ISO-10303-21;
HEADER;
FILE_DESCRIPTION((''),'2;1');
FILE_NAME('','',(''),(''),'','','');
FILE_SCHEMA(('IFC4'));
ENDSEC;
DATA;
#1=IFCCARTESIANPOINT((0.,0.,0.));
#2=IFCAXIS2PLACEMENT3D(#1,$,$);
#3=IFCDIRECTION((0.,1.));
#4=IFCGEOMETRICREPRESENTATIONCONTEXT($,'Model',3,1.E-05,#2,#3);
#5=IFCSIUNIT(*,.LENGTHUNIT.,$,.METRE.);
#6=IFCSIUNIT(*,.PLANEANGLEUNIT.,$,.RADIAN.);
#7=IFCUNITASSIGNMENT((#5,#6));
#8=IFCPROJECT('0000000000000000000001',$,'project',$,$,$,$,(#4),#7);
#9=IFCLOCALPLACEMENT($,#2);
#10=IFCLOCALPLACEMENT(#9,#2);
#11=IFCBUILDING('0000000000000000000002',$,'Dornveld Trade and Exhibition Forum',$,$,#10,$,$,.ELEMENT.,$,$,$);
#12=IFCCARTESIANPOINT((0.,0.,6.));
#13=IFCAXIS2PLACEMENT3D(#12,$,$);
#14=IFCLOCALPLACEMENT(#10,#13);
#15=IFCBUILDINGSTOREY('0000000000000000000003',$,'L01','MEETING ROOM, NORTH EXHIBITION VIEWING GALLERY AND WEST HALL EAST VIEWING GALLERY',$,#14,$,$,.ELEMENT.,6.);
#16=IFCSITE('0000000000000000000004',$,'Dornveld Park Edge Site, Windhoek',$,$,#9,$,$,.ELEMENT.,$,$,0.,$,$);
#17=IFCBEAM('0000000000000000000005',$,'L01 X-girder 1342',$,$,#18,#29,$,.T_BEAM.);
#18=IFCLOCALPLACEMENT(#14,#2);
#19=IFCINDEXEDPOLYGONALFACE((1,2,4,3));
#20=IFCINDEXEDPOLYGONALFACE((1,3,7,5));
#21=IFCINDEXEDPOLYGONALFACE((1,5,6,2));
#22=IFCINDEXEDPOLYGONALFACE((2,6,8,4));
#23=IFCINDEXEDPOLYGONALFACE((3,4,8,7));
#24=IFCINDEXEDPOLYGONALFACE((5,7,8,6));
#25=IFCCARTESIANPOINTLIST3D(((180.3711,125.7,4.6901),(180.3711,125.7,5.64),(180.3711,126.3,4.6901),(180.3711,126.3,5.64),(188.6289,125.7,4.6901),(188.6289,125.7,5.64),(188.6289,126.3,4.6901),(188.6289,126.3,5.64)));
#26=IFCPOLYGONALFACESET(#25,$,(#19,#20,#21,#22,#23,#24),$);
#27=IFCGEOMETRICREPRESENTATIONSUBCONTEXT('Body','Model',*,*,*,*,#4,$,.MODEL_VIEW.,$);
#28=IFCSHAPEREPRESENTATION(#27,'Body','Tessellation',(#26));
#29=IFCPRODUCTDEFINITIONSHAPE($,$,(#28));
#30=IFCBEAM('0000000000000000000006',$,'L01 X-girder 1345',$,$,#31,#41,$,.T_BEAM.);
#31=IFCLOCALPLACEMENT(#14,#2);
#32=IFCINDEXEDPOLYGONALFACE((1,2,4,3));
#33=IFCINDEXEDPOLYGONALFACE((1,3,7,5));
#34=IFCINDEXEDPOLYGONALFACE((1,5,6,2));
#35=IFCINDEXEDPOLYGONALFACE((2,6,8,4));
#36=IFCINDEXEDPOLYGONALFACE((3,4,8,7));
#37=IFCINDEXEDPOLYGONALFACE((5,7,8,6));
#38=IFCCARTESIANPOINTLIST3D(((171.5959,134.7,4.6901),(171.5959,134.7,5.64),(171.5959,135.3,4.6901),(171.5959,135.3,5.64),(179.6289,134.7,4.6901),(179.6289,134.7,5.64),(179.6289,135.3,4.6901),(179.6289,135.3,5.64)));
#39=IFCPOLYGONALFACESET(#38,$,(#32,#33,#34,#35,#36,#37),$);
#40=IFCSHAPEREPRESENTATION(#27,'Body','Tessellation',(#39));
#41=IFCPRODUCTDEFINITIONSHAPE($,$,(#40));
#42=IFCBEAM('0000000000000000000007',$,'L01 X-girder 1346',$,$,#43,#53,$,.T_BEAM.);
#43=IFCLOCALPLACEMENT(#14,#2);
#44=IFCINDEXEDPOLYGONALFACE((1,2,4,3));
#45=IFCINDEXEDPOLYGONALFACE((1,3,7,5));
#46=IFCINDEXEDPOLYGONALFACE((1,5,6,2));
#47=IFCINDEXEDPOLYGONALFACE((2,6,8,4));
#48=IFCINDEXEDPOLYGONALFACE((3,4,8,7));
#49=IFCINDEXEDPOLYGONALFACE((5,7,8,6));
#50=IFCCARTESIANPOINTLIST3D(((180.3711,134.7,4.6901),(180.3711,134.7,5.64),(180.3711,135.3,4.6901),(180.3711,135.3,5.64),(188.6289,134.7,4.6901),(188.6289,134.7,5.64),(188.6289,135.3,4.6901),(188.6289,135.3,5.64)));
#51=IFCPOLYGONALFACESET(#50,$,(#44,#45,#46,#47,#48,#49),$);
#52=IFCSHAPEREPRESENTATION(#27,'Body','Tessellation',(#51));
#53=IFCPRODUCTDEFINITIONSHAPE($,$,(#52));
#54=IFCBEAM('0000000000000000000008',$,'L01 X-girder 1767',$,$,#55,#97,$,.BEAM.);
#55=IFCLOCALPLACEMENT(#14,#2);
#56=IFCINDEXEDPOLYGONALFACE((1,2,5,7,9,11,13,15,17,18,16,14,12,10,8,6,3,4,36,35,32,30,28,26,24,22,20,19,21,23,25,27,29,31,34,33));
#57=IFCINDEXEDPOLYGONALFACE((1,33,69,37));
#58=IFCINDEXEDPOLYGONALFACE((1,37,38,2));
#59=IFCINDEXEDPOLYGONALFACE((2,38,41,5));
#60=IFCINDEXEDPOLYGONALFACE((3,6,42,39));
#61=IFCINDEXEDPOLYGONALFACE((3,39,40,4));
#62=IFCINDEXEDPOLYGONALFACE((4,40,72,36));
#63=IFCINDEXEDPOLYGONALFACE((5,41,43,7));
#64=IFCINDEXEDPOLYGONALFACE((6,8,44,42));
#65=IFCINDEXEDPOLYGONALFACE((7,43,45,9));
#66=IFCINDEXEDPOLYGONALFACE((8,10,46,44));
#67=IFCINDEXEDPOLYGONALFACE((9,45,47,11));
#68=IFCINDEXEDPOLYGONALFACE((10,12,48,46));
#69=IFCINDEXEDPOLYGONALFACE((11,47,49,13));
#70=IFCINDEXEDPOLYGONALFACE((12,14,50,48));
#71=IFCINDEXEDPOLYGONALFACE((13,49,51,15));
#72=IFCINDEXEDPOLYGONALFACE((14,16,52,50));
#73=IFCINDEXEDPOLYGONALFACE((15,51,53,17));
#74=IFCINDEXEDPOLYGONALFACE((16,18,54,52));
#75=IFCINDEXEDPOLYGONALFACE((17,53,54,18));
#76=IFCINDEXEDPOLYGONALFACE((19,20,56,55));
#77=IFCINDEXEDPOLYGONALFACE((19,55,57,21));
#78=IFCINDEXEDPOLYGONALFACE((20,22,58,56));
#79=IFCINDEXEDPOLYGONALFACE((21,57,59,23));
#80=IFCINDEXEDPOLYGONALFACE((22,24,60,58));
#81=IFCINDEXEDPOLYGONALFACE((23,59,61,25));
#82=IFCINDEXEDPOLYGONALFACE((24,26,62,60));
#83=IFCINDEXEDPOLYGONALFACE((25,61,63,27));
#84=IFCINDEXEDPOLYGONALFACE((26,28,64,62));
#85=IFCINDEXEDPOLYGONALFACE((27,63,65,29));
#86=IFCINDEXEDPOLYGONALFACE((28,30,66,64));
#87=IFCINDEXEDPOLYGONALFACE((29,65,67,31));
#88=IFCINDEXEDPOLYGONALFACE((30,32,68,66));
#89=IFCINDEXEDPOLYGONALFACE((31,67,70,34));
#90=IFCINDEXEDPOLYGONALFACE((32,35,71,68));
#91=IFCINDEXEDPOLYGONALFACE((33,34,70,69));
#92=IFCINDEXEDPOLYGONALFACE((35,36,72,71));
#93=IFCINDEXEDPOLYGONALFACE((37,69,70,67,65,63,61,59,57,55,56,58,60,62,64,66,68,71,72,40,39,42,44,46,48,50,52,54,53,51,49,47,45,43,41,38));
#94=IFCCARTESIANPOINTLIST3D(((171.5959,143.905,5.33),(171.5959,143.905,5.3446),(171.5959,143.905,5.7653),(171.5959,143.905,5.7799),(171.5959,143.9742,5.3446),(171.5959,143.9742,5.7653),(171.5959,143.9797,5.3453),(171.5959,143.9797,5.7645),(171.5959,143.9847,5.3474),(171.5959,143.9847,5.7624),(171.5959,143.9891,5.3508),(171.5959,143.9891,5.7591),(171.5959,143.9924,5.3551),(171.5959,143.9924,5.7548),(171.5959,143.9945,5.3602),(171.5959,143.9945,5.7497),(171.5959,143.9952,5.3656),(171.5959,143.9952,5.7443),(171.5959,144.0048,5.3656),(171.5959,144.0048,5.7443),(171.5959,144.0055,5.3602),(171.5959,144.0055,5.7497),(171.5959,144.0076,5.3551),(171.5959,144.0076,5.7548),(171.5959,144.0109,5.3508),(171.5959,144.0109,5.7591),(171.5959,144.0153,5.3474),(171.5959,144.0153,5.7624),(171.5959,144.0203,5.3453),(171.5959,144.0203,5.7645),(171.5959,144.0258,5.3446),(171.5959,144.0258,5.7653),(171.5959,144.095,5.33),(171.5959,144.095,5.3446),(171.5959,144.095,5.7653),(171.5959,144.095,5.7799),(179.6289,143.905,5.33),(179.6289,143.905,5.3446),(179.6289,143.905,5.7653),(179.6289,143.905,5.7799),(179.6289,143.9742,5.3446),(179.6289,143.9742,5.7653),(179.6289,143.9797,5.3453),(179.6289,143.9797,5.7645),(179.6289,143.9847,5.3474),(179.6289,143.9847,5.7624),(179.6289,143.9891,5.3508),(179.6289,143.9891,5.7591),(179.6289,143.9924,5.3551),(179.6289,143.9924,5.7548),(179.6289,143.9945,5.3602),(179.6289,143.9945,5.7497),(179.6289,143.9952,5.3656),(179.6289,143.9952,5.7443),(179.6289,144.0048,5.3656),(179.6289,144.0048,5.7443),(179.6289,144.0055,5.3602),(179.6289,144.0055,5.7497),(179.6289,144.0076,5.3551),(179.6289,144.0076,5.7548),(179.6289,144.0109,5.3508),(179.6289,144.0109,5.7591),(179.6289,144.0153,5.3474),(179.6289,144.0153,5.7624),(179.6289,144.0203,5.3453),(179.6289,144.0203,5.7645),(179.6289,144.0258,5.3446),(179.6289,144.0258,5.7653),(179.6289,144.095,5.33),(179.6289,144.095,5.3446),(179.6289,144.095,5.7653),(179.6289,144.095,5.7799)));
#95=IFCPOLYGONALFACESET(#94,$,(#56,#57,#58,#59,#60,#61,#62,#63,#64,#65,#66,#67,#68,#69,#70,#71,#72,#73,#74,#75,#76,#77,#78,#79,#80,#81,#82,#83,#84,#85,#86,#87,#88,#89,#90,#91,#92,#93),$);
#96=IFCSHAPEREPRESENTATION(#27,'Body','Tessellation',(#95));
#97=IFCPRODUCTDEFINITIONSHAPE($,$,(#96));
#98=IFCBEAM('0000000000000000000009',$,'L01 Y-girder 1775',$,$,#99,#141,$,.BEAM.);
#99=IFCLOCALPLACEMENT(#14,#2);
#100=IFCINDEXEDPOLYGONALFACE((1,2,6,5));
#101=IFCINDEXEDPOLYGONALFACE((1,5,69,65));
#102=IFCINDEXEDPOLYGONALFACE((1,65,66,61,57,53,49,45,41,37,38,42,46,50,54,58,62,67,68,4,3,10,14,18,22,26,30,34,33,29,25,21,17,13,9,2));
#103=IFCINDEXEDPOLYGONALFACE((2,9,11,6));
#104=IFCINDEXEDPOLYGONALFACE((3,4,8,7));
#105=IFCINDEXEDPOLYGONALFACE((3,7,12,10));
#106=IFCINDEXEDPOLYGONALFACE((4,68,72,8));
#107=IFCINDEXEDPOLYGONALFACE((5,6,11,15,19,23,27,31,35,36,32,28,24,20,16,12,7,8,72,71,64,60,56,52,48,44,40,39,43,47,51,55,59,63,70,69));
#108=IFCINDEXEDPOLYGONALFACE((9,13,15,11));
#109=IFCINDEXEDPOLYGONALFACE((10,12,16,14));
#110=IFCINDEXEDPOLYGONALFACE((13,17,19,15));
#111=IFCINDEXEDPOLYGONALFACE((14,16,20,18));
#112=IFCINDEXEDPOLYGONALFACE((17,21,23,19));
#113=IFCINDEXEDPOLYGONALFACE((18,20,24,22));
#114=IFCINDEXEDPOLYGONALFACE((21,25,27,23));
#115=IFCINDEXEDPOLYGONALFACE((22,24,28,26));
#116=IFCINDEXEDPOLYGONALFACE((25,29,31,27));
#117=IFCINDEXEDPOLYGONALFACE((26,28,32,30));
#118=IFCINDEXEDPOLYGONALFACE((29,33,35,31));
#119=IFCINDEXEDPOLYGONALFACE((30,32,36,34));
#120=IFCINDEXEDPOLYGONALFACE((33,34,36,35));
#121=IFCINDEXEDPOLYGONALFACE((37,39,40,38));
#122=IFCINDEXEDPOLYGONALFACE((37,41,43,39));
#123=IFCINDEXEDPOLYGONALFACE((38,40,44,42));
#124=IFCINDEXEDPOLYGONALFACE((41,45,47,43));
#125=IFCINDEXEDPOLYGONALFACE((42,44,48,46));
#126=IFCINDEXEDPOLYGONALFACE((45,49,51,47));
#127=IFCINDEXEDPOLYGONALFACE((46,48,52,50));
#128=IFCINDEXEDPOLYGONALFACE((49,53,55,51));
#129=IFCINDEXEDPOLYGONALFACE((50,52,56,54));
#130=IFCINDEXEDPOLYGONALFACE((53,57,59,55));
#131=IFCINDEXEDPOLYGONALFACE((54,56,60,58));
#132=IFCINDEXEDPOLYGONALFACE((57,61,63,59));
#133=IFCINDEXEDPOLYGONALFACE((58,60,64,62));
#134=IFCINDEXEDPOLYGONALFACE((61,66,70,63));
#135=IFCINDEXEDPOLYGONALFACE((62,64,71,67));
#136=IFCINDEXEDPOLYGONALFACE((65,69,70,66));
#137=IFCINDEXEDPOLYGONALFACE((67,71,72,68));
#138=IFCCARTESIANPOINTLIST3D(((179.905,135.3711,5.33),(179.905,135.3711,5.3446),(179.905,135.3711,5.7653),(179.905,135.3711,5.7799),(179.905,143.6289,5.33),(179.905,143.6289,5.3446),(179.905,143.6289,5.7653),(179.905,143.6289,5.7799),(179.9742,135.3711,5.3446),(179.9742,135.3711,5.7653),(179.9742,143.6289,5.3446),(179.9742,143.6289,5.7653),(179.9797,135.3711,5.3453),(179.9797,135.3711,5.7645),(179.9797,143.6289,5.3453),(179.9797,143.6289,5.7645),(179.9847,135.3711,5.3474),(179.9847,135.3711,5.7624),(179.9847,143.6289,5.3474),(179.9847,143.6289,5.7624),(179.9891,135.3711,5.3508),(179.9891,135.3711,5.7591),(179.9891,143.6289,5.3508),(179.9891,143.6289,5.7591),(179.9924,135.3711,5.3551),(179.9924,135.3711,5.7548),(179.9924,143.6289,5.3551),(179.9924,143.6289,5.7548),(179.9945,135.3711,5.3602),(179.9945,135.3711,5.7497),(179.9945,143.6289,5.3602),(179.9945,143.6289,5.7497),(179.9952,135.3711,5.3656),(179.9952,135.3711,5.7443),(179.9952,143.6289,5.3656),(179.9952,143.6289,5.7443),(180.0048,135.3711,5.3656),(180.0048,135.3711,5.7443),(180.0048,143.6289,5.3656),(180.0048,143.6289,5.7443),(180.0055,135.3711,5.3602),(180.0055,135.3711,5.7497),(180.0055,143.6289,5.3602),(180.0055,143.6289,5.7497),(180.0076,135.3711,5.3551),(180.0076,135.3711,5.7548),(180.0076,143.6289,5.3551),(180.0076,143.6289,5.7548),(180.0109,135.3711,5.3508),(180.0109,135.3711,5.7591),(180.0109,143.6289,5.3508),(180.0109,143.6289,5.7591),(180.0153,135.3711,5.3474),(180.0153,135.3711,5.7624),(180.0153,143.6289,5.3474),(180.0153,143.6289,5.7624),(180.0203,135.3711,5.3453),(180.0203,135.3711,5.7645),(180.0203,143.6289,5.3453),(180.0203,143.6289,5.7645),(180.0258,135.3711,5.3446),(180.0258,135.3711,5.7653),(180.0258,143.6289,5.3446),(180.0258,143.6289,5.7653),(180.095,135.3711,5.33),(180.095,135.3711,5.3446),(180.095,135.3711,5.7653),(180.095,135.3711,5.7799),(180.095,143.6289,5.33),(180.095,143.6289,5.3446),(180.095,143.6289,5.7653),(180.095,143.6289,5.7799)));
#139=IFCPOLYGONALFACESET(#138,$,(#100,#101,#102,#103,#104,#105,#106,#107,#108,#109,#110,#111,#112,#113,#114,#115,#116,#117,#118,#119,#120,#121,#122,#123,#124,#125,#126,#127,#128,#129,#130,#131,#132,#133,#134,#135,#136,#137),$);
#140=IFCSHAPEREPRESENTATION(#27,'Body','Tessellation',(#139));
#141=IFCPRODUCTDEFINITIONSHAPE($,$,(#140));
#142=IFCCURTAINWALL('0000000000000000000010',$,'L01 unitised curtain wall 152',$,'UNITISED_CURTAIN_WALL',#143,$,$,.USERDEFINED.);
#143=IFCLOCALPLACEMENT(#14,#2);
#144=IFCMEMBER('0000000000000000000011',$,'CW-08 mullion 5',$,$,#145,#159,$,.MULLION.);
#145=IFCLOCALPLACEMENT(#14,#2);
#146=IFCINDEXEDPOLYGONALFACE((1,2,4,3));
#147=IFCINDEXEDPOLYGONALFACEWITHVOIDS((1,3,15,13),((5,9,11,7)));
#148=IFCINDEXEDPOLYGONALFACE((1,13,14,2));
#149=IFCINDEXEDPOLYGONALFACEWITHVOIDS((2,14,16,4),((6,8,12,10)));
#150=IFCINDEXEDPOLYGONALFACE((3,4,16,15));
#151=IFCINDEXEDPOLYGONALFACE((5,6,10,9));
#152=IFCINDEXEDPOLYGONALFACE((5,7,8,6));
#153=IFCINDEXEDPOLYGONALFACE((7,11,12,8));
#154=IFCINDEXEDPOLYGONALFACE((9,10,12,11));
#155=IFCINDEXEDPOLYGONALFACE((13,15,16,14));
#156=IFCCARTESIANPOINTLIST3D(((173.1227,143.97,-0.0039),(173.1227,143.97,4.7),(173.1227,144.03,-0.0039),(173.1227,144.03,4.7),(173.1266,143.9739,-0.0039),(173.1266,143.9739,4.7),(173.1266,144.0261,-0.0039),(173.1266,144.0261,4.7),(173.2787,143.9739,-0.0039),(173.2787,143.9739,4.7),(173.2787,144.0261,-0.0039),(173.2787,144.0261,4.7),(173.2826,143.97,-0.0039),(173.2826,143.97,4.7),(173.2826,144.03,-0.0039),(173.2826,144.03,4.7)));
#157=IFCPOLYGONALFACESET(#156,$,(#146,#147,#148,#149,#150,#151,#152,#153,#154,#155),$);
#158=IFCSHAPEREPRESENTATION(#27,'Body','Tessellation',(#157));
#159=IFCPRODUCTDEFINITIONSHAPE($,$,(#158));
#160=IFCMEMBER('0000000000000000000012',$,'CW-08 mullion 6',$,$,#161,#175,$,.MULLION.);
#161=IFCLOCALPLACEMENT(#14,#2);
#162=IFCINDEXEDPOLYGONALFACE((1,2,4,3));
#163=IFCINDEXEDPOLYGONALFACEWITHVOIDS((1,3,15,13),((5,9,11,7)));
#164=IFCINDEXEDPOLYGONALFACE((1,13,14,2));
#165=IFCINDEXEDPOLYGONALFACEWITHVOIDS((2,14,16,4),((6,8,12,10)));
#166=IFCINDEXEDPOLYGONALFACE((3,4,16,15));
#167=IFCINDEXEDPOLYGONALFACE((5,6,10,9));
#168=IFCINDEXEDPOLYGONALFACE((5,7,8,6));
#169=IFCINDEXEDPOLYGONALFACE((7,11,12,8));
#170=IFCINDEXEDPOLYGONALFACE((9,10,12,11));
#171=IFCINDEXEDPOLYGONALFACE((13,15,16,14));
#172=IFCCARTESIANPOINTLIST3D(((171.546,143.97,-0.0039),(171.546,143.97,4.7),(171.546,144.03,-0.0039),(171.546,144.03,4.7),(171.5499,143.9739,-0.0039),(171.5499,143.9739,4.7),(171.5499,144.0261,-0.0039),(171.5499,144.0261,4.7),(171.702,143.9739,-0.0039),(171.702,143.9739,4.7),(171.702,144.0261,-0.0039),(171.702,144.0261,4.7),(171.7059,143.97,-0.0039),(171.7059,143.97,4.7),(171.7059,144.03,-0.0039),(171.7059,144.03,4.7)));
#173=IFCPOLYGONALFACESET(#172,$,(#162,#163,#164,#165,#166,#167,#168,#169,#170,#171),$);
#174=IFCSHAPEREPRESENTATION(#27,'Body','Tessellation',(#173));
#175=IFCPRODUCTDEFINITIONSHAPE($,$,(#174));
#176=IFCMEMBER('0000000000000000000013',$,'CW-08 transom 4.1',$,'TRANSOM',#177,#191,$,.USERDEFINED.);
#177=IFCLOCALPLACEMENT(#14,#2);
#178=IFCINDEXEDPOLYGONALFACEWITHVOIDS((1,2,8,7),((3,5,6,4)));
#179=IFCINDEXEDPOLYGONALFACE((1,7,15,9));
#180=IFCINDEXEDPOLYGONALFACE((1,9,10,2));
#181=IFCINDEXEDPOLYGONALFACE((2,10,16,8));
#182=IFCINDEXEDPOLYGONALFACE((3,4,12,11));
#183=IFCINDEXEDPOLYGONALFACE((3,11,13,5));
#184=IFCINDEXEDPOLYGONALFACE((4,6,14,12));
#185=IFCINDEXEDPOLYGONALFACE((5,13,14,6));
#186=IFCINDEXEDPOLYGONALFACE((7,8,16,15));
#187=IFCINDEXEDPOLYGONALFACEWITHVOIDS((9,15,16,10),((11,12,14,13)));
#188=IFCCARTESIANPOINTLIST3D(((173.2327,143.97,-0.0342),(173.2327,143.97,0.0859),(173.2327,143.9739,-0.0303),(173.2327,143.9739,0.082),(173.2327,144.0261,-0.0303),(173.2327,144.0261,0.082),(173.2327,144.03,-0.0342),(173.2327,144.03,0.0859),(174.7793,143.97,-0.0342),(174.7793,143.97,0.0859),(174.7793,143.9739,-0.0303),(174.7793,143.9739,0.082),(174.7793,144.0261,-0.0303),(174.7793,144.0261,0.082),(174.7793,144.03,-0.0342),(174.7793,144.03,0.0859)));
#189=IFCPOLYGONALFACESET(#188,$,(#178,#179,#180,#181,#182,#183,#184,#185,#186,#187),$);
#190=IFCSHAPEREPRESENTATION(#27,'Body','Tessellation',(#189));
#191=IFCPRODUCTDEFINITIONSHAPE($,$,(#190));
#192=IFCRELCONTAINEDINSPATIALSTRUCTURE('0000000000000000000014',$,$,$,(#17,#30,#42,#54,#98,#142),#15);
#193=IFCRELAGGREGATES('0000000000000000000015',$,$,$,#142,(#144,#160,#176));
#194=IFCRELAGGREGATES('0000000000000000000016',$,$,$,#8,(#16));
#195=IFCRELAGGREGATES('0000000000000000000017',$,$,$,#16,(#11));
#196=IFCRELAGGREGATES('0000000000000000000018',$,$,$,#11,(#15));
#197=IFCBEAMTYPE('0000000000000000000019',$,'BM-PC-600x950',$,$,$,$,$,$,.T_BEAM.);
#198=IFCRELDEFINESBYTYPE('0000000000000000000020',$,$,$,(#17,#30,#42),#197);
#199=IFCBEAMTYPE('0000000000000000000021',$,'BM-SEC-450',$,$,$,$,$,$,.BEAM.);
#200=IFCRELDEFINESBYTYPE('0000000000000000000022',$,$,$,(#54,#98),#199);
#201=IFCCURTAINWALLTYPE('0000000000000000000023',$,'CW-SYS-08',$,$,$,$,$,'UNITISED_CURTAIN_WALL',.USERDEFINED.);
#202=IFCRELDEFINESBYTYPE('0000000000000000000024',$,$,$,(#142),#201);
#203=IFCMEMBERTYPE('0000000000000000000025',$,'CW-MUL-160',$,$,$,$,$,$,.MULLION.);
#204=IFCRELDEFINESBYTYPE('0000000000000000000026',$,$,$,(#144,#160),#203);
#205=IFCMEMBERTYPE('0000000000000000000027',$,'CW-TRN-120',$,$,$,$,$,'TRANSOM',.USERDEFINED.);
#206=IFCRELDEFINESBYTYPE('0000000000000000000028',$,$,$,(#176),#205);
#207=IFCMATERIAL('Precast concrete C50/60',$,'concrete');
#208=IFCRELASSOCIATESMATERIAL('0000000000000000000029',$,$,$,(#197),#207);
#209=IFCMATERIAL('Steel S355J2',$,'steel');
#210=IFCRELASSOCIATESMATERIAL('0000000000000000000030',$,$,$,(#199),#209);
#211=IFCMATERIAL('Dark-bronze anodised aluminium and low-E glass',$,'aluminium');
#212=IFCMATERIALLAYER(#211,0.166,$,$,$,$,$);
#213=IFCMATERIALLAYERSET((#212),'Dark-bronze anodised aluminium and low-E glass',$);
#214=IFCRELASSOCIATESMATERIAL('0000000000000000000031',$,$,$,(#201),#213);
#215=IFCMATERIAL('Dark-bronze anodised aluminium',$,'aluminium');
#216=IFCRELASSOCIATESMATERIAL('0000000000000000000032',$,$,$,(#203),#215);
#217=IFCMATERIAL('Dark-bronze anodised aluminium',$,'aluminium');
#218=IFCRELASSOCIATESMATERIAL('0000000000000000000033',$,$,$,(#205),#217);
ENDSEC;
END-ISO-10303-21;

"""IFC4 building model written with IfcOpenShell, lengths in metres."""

from ifc_helpers import new_model, si_unit, direction, frame, origin, origin_2d, place, context, subcontext, project, spatial, rectangle, hollow_rectangle, i_section, extrude, material, layer, layer_set, material_profile, profile_set, type_object, element, aggregate, save


model = new_model("IFC4")

# Units and contexts
model_context = context("Model", 3, precision=1e-05, world=origin(), true_north=direction((0.0, 1.0)))
body_context = subcontext(model_context, "Body", "Model", "MODEL_VIEW")
ifc_project = project(units=[si_unit("LENGTHUNIT", "METRE"), si_unit("PLANEANGLEUNIT", "RADIAN")], contexts=[model_context])

# Site, building, storey
site_placement = place(None, origin())
site = spatial("IfcSite", under=ifc_project, at=site_placement, Name="Dornveld Park Edge Site, Windhoek", CompositionType="ELEMENT", RefElevation=0.0)
building_placement = place(site_placement, origin())
building = spatial("IfcBuilding", under=site, at=building_placement, Name="Dornveld Trade and Exhibition Forum", CompositionType="ELEMENT")
storey_placement = place(building_placement, frame((0.0, 0.0, 6.0)))
storey = spatial("IfcBuildingStorey", under=building, at=storey_placement, Name="L01", Description="MEETING ROOM, NORTH EXHIBITION VIEWING GALLERY AND WEST HALL EAST VIEWING GALLERY", CompositionType="ELEMENT", Elevation=6.0)

# Beams
ifc_material_1 = material(Name="Precast concrete C50/60", Category="concrete")
ifc_material_profile_1 = material_profile(ifc_material_1, rectangle(XDim=0.6001, YDim=0.95, at=origin_2d()), Name="PC-GIR 600x950")
ifc_profile_set_1 = profile_set([ifc_material_profile_1], Name="Precast concrete C50/60")
beam_type_1 = type_object("IfcBeamType", Name="BM-PC-600x950", PredefinedType="T_BEAM", material=ifc_profile_set_1)
beam_1_placement = place(storey_placement, frame((180.3711, 126.0, 5.165), z_axis=(1.0, 0.0, 0.0), x_axis=(0.0, 1.0, 0.0)))
element("IfcBeam", 1, at=beam_1_placement, inside=storey, type_object=beam_type_1, Name="L01 X-girder 1342", PredefinedType="T_BEAM", context=body_context, shape_type="SweptSolid", body=[
    extrude(rectangle(XDim=0.6001, YDim=0.95, at=origin_2d()), origin(), (0.0, 0.0, 1.0), 8.2578),
])
beam_2_placement = place(storey_placement, frame((171.5959, 135.0, 5.165), z_axis=(1.0, 0.0, 0.0), x_axis=(0.0, 1.0, 0.0)))
element("IfcBeam", 2, at=beam_2_placement, inside=storey, type_object=beam_type_1, Name="L01 X-girder 1345", PredefinedType="T_BEAM", context=body_context, shape_type="SweptSolid", body=[
    extrude(rectangle(XDim=0.6001, YDim=0.95, at=origin_2d()), origin(), (0.0, 0.0, 1.0), 8.033),
])
beam_3_placement = place(storey_placement, frame((180.3711, 135.0, 5.165), z_axis=(1.0, 0.0, 0.0), x_axis=(0.0, 1.0, 0.0)))
element("IfcBeam", 3, at=beam_3_placement, inside=storey, type_object=beam_type_1, Name="L01 X-girder 1346", PredefinedType="T_BEAM", context=body_context, shape_type="SweptSolid", body=[
    extrude(rectangle(XDim=0.6001, YDim=0.95, at=origin_2d()), origin(), (0.0, 0.0, 1.0), 8.2578),
])
ifc_material_2 = material(Name="Steel S355J2", Category="steel")
ifc_material_profile_2 = material_profile(ifc_material_2, i_section(OverallWidth=0.1899, OverallDepth=0.45, WebThickness=0.0095, FlangeThickness=0.0146, FilletRadius=0.021, at=origin_2d()), Name="IPE 450")
ifc_profile_set_2 = profile_set([ifc_material_profile_2], Name="Steel S355J2")
beam_type_2 = type_object("IfcBeamType", Name="BM-SEC-450", PredefinedType="BEAM", material=ifc_profile_set_2)
beam_4_placement = place(storey_placement, frame((171.5959, 144.0, 5.5549), z_axis=(1.0, 0.0, 0.0), x_axis=(0.0, 1.0, 0.0)))
element("IfcBeam", 4, at=beam_4_placement, inside=storey, type_object=beam_type_2, Name="L01 X-girder 1767", PredefinedType="BEAM", context=body_context, shape_type="SweptSolid", body=[
    extrude(i_section(OverallWidth=0.1899, OverallDepth=0.45, WebThickness=0.0095, FlangeThickness=0.0146, FilletRadius=0.021, at=origin_2d()), origin(), (0.0, 0.0, 1.0), 8.033),
])
beam_5_placement = place(storey_placement, frame((180.0, 135.3711, 5.5549), z_axis=(0.0, 1.0, 0.0), x_axis=(-1.0, 0.0, 0.0)))
element("IfcBeam", 5, at=beam_5_placement, inside=storey, type_object=beam_type_2, Name="L01 Y-girder 1775", PredefinedType="BEAM", context=body_context, shape_type="SweptSolid", body=[
    extrude(i_section(OverallWidth=0.1899, OverallDepth=0.45, WebThickness=0.0095, FlangeThickness=0.0146, FilletRadius=0.021, at=origin_2d()), origin(), (0.0, 0.0, 1.0), 8.2578),
])

# Curtain wall, members
ifc_material_3 = material(Name="Dark-bronze anodised aluminium and low-E glass", Category="aluminium")
ifc_layer_1 = layer(ifc_material_3, 0.166)
ifc_layer_set_1 = layer_set([ifc_layer_1], Name="Dark-bronze anodised aluminium and low-E glass")
curtain_wall_type = type_object("IfcCurtainWallType", Name="CW-SYS-08", ElementType="UNITISED_CURTAIN_WALL", PredefinedType="USERDEFINED", material=ifc_layer_set_1)
curtain_wall_placement = place(storey_placement, origin())
curtain_wall = element("IfcCurtainWall", 6, at=curtain_wall_placement, inside=storey, type_object=curtain_wall_type, Name="L01 unitised curtain wall 152", ObjectType="UNITISED_CURTAIN_WALL", PredefinedType="USERDEFINED")
ifc_material_4 = material(Name="Dark-bronze anodised aluminium", Category="aluminium")
ifc_material_profile_3 = material_profile(ifc_material_4, hollow_rectangle(XDim=0.0601, YDim=0.1599, WallThickness=0.0039, at=origin_2d()), Name="RHS 160x60x4")
ifc_profile_set_3 = profile_set([ifc_material_profile_3], Name="Dark-bronze anodised aluminium")
member_type_1 = type_object("IfcMemberType", Name="CW-MUL-160", PredefinedType="MULLION", material=ifc_profile_set_3)
member_1_placement = place(storey_placement, frame((173.2026, 144.0, -0.0039), z_axis=(0.0, 0.0, 1.0), x_axis=(0.0, -1.0, 0.0)))
member_1 = element("IfcMember", 7, at=member_1_placement, type_object=member_type_1, Name="CW-08 mullion 5", PredefinedType="MULLION", context=body_context, shape_type="SweptSolid", body=[
    extrude(hollow_rectangle(XDim=0.0601, YDim=0.1599, WallThickness=0.0039, at=origin_2d()), origin(), (0.0, 0.0, 1.0), 4.7039),
])
member_2_placement = place(storey_placement, frame((171.626, 144.0, -0.0039), z_axis=(0.0, 0.0, 1.0), x_axis=(0.0, -1.0, 0.0)))
member_2 = element("IfcMember", 8, at=member_2_placement, type_object=member_type_1, Name="CW-08 mullion 6", PredefinedType="MULLION", context=body_context, shape_type="SweptSolid", body=[
    extrude(hollow_rectangle(XDim=0.0601, YDim=0.1599, WallThickness=0.0039, at=origin_2d()), origin(), (0.0, 0.0, 1.0), 4.7039),
])
ifc_material_5 = material(Name="Dark-bronze anodised aluminium", Category="aluminium")
ifc_material_profile_4 = material_profile(ifc_material_5, hollow_rectangle(XDim=0.0601, YDim=0.1201, WallThickness=0.0039, at=origin_2d()), Name="RHS 120x60x4")
ifc_profile_set_4 = profile_set([ifc_material_profile_4], Name="Dark-bronze anodised aluminium")
member_type_2 = type_object("IfcMemberType", Name="CW-TRN-120", ElementType="TRANSOM", PredefinedType="USERDEFINED", material=ifc_profile_set_4)
member_3_placement = place(storey_placement, frame((174.7793, 144.0, 0.0259), z_axis=(-1.0, 0.0, 0.0), x_axis=(0.0, -1.0, 0.0)))
member_3 = element("IfcMember", 9, at=member_3_placement, type_object=member_type_2, Name="CW-08 transom 4.1", ObjectType="TRANSOM", PredefinedType="USERDEFINED", context=body_context, shape_type="SweptSolid", body=[
    extrude(hollow_rectangle(XDim=0.0601, YDim=0.1201, WallThickness=0.0039, at=origin_2d()), origin(), (0.0, 0.0, 1.0), 1.5466),
])
aggregate(curtain_wall, [member_1, member_2, member_3])

save(model, "model.ifc")
